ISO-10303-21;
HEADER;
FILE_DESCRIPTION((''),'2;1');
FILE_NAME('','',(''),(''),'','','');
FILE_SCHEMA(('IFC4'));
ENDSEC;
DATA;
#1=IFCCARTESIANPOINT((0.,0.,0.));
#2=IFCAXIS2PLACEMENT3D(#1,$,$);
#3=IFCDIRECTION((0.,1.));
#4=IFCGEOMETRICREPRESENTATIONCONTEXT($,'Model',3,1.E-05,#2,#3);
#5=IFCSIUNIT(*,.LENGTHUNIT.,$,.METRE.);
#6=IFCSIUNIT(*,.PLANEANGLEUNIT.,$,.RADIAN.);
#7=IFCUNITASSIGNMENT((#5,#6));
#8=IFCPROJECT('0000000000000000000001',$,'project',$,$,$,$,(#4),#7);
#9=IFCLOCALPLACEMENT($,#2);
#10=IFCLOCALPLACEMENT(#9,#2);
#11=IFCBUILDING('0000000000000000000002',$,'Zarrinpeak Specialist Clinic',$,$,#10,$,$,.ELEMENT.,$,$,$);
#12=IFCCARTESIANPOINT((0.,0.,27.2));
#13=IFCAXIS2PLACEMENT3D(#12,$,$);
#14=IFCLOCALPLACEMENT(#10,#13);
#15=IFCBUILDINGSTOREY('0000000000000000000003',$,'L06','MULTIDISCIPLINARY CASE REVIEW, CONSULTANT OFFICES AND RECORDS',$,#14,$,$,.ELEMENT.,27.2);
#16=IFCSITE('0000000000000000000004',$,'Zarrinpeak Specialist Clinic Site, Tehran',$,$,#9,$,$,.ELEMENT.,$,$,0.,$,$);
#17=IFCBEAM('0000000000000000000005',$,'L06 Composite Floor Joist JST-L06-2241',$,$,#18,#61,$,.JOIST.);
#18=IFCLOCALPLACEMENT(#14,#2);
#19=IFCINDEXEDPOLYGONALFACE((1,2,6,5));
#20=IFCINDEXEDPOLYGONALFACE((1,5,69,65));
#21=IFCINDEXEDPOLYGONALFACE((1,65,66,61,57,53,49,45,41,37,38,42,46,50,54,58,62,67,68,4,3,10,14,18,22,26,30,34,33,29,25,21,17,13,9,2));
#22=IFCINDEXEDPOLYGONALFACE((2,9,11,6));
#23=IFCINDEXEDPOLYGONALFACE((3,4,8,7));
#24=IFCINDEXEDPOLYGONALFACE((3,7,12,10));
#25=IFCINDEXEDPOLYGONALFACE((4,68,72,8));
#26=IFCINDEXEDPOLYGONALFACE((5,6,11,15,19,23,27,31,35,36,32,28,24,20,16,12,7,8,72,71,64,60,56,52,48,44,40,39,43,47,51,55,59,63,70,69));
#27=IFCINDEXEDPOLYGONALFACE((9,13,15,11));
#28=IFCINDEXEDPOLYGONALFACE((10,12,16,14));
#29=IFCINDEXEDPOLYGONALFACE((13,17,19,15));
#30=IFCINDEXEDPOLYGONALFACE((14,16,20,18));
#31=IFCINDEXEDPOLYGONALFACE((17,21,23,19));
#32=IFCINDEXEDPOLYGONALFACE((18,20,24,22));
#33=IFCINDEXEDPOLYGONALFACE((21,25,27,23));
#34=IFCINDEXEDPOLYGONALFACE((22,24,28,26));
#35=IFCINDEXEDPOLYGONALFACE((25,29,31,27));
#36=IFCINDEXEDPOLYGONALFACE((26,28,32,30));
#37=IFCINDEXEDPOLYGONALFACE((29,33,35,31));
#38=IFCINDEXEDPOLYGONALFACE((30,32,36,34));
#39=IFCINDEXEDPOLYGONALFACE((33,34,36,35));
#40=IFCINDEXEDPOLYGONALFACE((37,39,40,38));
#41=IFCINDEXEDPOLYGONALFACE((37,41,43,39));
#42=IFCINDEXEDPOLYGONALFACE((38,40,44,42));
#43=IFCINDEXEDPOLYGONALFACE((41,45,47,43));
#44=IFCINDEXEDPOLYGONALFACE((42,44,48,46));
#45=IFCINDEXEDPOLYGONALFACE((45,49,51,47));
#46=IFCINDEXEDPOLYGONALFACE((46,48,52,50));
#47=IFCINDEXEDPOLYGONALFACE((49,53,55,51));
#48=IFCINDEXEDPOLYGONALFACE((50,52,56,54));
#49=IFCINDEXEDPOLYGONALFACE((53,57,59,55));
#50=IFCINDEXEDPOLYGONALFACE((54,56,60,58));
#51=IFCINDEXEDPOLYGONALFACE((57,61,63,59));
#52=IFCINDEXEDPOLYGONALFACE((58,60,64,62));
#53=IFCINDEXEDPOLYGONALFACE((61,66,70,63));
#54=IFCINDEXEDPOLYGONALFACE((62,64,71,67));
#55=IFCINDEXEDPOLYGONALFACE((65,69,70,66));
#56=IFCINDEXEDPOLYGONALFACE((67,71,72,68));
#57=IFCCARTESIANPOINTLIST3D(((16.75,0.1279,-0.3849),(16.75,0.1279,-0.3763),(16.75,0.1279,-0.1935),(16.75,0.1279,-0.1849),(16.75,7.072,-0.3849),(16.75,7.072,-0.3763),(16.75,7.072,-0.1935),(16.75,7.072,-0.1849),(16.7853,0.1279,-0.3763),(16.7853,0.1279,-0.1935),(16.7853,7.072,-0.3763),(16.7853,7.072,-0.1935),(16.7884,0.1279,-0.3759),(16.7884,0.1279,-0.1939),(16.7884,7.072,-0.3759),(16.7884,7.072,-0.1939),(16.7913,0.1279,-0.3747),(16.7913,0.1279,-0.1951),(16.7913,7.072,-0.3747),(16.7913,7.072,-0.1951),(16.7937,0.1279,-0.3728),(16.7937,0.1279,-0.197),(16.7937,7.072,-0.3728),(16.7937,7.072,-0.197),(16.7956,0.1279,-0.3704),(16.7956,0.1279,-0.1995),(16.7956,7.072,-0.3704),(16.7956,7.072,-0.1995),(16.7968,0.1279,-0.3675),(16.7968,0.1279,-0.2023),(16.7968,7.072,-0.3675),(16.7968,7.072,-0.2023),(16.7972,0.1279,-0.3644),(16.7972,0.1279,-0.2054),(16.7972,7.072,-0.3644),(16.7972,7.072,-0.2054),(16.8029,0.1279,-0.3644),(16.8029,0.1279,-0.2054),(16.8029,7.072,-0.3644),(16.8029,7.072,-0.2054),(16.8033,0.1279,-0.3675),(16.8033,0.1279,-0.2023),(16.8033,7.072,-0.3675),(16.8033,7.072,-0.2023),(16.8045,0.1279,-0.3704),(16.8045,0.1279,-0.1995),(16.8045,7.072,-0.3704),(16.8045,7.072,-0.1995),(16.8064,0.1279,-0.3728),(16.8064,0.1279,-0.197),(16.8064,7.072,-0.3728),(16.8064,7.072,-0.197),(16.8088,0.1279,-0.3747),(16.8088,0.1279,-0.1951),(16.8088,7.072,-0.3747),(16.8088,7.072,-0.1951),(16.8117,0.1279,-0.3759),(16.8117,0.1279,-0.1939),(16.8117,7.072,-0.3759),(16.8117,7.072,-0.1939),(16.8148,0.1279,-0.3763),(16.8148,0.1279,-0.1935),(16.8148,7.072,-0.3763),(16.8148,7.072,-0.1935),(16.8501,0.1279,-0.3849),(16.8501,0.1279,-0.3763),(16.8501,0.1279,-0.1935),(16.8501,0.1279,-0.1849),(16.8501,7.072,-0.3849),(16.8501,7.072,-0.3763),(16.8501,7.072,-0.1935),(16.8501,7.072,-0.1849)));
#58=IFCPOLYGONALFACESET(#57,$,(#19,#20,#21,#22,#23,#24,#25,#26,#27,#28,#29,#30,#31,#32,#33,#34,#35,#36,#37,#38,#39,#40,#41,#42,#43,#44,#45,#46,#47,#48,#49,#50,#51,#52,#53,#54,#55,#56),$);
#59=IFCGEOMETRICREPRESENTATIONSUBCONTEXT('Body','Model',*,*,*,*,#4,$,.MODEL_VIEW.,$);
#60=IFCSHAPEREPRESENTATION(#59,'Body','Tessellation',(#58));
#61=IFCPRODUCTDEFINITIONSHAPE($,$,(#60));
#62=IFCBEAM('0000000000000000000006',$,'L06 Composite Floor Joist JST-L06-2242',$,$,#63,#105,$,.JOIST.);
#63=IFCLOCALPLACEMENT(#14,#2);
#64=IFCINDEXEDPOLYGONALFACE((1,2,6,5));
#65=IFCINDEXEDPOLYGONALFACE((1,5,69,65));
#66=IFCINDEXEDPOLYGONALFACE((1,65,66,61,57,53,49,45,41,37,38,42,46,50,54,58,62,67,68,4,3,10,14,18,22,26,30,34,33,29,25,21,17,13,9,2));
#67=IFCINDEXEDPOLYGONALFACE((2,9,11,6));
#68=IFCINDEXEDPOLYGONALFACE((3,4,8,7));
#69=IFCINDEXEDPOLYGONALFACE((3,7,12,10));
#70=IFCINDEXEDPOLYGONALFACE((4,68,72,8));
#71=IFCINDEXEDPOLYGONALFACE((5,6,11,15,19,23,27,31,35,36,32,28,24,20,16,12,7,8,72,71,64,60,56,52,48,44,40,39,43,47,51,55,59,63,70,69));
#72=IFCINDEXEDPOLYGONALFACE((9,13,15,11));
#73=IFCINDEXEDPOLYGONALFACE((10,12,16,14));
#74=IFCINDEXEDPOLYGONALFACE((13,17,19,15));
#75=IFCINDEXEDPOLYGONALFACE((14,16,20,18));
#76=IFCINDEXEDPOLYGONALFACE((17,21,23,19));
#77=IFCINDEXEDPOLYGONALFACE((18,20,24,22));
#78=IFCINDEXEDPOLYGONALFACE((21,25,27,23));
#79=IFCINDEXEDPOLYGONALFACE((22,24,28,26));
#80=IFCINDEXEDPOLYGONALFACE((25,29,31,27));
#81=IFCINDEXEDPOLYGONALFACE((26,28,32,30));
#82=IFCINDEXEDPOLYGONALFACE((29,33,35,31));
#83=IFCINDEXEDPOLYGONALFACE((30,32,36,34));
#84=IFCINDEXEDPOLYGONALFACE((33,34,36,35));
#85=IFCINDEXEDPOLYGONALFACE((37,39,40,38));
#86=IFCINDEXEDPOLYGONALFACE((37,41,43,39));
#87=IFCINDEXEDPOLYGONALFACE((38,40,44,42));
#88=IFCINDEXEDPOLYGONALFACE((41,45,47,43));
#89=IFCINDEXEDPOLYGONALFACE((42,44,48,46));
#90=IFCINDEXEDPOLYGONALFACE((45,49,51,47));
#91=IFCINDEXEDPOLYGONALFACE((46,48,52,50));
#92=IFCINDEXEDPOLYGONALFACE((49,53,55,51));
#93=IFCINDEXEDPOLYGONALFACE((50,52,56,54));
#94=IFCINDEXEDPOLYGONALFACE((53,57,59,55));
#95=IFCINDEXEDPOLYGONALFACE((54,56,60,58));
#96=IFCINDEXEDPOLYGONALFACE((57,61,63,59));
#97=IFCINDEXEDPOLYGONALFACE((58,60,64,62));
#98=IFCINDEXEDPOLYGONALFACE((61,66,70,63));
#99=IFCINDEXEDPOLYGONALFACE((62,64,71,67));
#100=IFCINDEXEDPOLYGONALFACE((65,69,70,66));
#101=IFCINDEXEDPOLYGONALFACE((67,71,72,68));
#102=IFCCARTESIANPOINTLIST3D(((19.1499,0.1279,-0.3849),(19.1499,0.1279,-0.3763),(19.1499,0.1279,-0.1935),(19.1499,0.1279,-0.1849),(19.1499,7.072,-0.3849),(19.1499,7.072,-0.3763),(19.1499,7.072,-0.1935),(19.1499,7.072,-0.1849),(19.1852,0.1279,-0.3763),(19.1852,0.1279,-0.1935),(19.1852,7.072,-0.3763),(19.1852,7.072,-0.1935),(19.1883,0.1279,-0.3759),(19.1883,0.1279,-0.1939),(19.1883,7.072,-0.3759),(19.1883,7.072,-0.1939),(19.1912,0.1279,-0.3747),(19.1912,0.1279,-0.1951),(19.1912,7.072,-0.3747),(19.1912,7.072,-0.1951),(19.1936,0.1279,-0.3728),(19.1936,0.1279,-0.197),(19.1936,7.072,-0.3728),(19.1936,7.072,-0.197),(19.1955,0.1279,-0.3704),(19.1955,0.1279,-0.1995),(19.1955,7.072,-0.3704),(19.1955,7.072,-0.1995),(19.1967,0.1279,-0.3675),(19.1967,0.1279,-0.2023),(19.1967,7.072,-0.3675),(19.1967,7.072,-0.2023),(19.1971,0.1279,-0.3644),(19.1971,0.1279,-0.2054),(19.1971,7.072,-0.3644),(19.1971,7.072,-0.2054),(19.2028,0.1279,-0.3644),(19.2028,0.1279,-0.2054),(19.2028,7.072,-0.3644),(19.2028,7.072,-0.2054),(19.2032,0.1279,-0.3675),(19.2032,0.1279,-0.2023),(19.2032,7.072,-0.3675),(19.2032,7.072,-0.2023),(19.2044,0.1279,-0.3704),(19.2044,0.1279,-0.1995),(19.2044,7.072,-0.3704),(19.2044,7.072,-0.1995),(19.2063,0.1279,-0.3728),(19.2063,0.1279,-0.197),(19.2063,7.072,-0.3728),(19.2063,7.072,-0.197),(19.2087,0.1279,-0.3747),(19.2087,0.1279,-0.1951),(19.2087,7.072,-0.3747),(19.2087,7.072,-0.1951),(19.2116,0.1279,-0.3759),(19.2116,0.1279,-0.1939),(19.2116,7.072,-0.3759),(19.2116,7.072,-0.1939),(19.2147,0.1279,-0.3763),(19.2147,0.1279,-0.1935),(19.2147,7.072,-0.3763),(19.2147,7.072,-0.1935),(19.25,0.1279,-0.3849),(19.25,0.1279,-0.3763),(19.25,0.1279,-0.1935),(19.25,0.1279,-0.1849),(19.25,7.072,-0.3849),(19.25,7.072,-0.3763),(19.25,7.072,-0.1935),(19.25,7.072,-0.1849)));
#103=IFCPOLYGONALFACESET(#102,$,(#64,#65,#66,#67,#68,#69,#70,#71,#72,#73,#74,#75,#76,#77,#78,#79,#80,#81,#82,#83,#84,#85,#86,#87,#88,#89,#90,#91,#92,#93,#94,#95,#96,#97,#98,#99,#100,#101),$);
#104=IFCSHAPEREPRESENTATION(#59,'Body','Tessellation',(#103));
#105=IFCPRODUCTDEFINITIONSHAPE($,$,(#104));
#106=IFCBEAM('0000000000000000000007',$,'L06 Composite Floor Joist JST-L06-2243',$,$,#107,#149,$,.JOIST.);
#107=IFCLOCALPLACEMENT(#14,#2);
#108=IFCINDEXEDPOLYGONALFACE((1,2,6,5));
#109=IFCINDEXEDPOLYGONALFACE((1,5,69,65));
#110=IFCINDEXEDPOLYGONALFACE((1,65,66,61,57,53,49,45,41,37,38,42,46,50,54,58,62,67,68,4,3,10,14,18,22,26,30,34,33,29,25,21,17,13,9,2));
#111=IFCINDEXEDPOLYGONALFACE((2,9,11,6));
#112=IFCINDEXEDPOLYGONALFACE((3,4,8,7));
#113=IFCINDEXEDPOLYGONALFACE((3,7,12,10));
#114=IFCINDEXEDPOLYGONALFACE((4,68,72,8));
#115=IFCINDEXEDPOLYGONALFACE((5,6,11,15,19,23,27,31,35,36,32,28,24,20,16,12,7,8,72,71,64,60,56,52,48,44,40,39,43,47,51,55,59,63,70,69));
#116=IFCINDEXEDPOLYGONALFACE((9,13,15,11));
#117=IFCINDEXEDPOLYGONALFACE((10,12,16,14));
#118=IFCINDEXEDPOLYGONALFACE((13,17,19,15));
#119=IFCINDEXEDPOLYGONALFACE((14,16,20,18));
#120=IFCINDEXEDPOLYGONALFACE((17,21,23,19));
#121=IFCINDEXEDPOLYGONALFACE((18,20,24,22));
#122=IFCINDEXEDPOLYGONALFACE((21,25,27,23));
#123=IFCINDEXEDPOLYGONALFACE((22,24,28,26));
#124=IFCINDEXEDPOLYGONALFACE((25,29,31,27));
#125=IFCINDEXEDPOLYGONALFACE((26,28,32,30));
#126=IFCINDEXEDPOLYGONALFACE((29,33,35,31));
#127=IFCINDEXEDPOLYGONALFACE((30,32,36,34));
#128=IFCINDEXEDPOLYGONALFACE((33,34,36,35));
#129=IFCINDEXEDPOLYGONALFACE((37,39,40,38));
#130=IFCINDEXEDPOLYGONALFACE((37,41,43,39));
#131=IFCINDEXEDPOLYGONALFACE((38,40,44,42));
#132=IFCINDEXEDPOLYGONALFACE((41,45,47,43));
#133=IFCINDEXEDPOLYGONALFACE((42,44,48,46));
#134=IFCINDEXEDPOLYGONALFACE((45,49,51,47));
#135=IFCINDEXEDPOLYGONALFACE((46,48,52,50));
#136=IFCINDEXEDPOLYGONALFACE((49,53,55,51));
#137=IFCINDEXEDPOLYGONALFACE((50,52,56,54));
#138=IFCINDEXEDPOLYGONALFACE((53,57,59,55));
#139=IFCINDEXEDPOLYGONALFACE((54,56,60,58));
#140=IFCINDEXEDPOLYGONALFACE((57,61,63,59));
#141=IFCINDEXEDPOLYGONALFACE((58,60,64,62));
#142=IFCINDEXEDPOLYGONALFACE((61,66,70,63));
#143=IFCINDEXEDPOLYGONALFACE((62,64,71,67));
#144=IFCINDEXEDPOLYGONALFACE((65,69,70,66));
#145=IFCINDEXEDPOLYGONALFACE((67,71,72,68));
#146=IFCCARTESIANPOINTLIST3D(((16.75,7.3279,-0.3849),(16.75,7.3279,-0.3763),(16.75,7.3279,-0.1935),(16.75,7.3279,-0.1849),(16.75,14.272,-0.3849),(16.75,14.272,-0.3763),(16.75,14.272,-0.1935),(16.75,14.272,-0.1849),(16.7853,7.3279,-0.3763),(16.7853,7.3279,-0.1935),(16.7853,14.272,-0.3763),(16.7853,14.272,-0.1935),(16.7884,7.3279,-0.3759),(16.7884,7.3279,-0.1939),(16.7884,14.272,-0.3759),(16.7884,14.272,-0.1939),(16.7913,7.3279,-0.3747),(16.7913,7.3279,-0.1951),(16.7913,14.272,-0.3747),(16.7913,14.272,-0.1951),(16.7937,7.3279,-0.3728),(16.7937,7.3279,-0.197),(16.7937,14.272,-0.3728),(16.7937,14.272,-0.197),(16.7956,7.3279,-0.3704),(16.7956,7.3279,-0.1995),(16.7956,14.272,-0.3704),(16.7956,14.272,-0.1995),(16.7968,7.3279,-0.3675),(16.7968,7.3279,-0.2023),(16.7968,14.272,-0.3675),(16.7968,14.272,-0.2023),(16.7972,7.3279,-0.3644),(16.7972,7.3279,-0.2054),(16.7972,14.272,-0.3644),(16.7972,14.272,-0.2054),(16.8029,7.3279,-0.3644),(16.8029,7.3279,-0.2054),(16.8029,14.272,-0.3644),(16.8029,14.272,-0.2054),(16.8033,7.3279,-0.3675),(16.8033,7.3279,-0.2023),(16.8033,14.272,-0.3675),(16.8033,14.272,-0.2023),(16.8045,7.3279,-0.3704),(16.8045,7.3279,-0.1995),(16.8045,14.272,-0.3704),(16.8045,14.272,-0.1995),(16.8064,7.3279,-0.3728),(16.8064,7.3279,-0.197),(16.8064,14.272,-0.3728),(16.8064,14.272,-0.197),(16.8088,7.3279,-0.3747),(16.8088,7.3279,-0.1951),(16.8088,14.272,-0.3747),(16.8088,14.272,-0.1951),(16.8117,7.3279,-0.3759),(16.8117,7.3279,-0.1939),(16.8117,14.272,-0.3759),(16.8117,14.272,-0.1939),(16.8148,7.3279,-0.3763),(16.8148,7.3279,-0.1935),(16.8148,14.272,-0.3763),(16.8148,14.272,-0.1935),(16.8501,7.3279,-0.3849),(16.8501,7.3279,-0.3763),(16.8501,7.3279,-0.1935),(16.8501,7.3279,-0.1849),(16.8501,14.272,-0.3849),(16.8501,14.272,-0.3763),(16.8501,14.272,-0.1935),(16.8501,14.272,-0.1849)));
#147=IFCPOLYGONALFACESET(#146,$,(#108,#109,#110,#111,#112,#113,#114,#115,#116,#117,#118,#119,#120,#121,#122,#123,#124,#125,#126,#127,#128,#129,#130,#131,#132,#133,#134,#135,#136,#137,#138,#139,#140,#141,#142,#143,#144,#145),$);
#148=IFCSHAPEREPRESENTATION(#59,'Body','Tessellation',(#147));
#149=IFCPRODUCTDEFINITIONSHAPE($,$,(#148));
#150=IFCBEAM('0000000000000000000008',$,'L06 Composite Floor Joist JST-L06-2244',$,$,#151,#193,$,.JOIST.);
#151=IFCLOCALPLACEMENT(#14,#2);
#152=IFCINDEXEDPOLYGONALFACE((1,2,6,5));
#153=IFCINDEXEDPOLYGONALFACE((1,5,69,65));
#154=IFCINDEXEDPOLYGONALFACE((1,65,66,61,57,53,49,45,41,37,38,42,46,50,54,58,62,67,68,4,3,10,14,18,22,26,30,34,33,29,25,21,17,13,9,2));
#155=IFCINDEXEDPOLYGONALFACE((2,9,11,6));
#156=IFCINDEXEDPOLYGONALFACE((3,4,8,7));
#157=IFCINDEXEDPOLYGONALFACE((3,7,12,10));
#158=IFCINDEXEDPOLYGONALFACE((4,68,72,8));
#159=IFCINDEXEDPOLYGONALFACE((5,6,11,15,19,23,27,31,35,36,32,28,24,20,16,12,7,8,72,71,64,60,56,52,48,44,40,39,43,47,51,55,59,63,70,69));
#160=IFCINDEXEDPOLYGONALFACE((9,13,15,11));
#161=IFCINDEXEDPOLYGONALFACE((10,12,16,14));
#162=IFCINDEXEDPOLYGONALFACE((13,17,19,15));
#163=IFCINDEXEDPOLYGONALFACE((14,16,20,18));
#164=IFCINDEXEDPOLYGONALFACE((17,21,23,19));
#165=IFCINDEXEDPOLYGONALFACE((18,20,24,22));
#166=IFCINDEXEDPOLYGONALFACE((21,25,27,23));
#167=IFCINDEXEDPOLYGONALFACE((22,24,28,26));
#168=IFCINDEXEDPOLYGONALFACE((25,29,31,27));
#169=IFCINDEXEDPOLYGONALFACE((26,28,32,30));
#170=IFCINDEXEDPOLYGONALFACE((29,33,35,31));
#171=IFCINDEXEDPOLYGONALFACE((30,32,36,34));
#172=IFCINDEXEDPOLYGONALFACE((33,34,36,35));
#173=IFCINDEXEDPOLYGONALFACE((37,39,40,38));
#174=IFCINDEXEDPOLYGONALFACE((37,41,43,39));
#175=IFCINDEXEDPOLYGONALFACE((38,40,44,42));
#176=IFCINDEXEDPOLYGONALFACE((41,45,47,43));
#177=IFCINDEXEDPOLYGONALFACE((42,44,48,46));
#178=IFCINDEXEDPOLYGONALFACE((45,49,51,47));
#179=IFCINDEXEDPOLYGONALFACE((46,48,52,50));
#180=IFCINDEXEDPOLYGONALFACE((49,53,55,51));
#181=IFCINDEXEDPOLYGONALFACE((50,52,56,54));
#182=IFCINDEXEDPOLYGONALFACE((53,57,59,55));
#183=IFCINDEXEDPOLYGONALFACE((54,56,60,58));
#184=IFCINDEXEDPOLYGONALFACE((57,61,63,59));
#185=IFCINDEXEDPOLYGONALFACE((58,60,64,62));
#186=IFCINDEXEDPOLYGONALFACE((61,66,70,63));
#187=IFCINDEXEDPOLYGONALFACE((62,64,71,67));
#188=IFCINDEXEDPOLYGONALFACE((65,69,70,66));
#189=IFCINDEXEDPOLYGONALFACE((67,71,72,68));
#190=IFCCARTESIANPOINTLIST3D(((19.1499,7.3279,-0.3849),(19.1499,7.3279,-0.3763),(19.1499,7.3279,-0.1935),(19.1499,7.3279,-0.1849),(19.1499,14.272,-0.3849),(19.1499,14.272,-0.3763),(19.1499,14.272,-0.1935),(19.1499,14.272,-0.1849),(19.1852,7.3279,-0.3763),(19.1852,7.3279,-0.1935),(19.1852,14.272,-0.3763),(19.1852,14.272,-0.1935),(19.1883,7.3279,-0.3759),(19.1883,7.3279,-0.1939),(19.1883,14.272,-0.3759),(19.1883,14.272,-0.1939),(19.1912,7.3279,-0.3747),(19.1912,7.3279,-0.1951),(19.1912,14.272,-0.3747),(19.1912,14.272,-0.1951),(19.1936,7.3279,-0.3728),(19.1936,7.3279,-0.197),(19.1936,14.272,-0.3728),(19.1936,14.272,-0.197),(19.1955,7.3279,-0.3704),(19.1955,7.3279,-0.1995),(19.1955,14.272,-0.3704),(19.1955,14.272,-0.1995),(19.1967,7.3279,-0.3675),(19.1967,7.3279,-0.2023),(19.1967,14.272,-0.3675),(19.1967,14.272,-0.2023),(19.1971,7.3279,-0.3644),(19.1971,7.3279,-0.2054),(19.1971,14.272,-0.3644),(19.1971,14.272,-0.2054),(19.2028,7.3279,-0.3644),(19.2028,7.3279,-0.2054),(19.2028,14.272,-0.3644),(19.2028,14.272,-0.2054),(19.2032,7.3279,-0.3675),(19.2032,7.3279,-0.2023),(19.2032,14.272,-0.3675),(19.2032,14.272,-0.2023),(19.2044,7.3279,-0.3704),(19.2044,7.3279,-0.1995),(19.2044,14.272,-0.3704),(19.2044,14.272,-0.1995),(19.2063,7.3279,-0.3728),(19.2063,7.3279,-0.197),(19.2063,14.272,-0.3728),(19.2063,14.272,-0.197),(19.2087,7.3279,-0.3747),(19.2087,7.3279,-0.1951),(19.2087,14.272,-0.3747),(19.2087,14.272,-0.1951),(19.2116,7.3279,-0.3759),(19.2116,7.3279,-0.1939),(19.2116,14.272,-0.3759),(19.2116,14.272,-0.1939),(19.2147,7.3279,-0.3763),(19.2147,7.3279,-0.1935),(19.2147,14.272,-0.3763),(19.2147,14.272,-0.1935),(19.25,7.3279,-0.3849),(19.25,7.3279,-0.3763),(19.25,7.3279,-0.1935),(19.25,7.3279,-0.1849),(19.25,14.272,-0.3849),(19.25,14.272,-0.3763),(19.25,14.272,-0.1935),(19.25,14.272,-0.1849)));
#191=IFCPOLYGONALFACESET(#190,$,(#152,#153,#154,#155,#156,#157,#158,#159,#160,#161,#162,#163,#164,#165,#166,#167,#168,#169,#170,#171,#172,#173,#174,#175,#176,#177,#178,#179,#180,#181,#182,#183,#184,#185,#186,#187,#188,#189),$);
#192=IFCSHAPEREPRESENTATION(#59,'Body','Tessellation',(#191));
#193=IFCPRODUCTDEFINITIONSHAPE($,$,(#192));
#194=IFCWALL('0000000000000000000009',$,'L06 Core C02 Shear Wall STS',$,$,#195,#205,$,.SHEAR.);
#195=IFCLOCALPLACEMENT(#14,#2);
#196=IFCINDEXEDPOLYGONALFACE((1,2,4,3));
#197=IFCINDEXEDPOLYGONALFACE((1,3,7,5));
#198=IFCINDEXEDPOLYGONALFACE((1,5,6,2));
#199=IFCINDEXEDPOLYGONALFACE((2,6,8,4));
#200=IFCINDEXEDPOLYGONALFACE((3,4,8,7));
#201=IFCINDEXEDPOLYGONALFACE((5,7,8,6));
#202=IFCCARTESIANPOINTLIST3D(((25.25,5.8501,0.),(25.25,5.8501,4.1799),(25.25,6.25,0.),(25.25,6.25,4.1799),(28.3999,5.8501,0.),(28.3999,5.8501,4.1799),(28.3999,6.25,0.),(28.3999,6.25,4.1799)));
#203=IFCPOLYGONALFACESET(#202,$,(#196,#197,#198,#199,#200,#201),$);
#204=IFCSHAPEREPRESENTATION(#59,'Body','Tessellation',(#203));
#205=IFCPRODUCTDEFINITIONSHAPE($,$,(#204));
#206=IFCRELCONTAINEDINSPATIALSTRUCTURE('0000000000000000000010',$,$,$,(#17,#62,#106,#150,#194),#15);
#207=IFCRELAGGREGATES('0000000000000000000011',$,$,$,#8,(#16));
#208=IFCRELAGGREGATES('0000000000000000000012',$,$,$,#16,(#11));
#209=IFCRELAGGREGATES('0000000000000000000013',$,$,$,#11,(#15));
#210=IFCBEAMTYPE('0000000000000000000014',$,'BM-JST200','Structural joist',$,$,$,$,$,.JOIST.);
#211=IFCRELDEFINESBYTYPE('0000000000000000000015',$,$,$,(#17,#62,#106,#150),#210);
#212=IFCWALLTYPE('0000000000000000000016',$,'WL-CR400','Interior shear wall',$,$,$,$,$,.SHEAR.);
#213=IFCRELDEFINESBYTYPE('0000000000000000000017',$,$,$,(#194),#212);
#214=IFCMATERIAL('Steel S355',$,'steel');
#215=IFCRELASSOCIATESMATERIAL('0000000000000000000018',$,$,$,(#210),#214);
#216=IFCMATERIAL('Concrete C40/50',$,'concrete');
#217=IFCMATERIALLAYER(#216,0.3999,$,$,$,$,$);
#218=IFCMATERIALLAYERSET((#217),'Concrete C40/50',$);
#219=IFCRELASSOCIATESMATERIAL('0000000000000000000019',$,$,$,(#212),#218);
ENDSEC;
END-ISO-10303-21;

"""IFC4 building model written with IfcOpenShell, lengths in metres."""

from ifc_helpers import new_model, si_unit, direction, frame, frame_2d, origin, origin_2d, place, context, subcontext, project, spatial, rectangle, i_section, extrude, material, layer, layer_set, material_profile, profile_set, type_object, element, save


model = new_model("IFC4")

# Units and contexts
model_context = context("Model", 3, precision=1e-05, world=origin(), true_north=direction((0.0, 1.0)))
body_context = subcontext(model_context, "Body", "Model", "MODEL_VIEW")
ifc_project = project(units=[si_unit("LENGTHUNIT", "METRE"), si_unit("PLANEANGLEUNIT", "RADIAN")], contexts=[model_context])

# Site, building, storey
site_placement = place(None, origin())
site = spatial("IfcSite", under=ifc_project, at=site_placement, Name="Zarrinpeak Specialist Clinic Site, Tehran", CompositionType="ELEMENT", RefElevation=0.0)
building_placement = place(site_placement, origin())
building = spatial("IfcBuilding", under=site, at=building_placement, Name="Zarrinpeak Specialist Clinic", CompositionType="ELEMENT")
storey_placement = place(building_placement, frame((0.0, 0.0, 27.2)))
storey = spatial("IfcBuildingStorey", under=building, at=storey_placement, Name="L06", Description="MULTIDISCIPLINARY CASE REVIEW, CONSULTANT OFFICES AND RECORDS", CompositionType="ELEMENT", Elevation=27.2)

# Shared definitions
ifc_material_1 = material(Name="Steel S355", Category="steel")

# Beams
ifc_material_profile_1 = material_profile(ifc_material_1, i_section(OverallWidth=0.1001, OverallDepth=0.2, WebThickness=0.0056, FlangeThickness=0.0085, FilletRadius=0.012, at=origin_2d()), Name="IPE 200")
ifc_profile_set_1 = profile_set([ifc_material_profile_1], Name="Steel S355")
beam_type_1 = type_object("IfcBeamType", Name="BM-JST200", Description="Structural joist", PredefinedType="JOIST", material=ifc_profile_set_1)
for number, where, z_axis, x_axis, name in (
    (1, (16.8, 0.1279, -0.2849), (0.0, 1.0, 0.0), (-1.0, 0.0, 0.0), "L06 Composite Floor Joist JST-L06-2241"),
    (2, (19.2, 0.1279, -0.2849), (0.0, 1.0, 0.0), (-1.0, 0.0, 0.0), "L06 Composite Floor Joist JST-L06-2242"),
    (3, (16.8, 7.3279, -0.2849), (0.0, 1.0, 0.0), (-1.0, 0.0, 0.0), "L06 Composite Floor Joist JST-L06-2243"),
    (4, (19.2, 7.3279, -0.2849), (0.0, 1.0, 0.0), (-1.0, 0.0, 0.0), "L06 Composite Floor Joist JST-L06-2244"),
):
    element("IfcBeam", number, at=place(storey_placement, frame(where, z_axis=z_axis, x_axis=x_axis)), inside=storey, type_object=beam_type_1, Name=name, PredefinedType="JOIST", context=body_context, shape_type="SweptSolid", body=[
        extrude(i_section(OverallWidth=0.1001, OverallDepth=0.2, WebThickness=0.0056, FlangeThickness=0.0085, FilletRadius=0.012, at=origin_2d()), origin(), (0.0, 0.0, 1.0), 6.9441),
    ])

# Wall
ifc_material_2 = material(Name="Concrete C40/50", Category="concrete")
ifc_layer_1 = layer(ifc_material_2, 0.3999)
ifc_layer_set_1 = layer_set([ifc_layer_1], Name="Concrete C40/50")
wall_type_1 = type_object("IfcWallType", Name="WL-CR400", Description="Interior shear wall", PredefinedType="SHEAR", material=ifc_layer_set_1)
wall_1_placement = place(storey_placement, frame((25.25, 6.05, 0.0), z_axis=(0.0, 0.0, 1.0), x_axis=(1.0, 0.0, 0.0)))
element("IfcWall", 5, at=wall_1_placement, inside=storey, type_object=wall_type_1, Name="L06 Core C02 Shear Wall STS", PredefinedType="SHEAR", context=body_context, shape_type="SweptSolid", body=[
    extrude(rectangle(XDim=3.1499, YDim=0.3999, at=frame_2d((1.575, 0.0))), origin(), (0.0, 0.0, 1.0), 4.1799),
])

save(model, "model.ifc")
